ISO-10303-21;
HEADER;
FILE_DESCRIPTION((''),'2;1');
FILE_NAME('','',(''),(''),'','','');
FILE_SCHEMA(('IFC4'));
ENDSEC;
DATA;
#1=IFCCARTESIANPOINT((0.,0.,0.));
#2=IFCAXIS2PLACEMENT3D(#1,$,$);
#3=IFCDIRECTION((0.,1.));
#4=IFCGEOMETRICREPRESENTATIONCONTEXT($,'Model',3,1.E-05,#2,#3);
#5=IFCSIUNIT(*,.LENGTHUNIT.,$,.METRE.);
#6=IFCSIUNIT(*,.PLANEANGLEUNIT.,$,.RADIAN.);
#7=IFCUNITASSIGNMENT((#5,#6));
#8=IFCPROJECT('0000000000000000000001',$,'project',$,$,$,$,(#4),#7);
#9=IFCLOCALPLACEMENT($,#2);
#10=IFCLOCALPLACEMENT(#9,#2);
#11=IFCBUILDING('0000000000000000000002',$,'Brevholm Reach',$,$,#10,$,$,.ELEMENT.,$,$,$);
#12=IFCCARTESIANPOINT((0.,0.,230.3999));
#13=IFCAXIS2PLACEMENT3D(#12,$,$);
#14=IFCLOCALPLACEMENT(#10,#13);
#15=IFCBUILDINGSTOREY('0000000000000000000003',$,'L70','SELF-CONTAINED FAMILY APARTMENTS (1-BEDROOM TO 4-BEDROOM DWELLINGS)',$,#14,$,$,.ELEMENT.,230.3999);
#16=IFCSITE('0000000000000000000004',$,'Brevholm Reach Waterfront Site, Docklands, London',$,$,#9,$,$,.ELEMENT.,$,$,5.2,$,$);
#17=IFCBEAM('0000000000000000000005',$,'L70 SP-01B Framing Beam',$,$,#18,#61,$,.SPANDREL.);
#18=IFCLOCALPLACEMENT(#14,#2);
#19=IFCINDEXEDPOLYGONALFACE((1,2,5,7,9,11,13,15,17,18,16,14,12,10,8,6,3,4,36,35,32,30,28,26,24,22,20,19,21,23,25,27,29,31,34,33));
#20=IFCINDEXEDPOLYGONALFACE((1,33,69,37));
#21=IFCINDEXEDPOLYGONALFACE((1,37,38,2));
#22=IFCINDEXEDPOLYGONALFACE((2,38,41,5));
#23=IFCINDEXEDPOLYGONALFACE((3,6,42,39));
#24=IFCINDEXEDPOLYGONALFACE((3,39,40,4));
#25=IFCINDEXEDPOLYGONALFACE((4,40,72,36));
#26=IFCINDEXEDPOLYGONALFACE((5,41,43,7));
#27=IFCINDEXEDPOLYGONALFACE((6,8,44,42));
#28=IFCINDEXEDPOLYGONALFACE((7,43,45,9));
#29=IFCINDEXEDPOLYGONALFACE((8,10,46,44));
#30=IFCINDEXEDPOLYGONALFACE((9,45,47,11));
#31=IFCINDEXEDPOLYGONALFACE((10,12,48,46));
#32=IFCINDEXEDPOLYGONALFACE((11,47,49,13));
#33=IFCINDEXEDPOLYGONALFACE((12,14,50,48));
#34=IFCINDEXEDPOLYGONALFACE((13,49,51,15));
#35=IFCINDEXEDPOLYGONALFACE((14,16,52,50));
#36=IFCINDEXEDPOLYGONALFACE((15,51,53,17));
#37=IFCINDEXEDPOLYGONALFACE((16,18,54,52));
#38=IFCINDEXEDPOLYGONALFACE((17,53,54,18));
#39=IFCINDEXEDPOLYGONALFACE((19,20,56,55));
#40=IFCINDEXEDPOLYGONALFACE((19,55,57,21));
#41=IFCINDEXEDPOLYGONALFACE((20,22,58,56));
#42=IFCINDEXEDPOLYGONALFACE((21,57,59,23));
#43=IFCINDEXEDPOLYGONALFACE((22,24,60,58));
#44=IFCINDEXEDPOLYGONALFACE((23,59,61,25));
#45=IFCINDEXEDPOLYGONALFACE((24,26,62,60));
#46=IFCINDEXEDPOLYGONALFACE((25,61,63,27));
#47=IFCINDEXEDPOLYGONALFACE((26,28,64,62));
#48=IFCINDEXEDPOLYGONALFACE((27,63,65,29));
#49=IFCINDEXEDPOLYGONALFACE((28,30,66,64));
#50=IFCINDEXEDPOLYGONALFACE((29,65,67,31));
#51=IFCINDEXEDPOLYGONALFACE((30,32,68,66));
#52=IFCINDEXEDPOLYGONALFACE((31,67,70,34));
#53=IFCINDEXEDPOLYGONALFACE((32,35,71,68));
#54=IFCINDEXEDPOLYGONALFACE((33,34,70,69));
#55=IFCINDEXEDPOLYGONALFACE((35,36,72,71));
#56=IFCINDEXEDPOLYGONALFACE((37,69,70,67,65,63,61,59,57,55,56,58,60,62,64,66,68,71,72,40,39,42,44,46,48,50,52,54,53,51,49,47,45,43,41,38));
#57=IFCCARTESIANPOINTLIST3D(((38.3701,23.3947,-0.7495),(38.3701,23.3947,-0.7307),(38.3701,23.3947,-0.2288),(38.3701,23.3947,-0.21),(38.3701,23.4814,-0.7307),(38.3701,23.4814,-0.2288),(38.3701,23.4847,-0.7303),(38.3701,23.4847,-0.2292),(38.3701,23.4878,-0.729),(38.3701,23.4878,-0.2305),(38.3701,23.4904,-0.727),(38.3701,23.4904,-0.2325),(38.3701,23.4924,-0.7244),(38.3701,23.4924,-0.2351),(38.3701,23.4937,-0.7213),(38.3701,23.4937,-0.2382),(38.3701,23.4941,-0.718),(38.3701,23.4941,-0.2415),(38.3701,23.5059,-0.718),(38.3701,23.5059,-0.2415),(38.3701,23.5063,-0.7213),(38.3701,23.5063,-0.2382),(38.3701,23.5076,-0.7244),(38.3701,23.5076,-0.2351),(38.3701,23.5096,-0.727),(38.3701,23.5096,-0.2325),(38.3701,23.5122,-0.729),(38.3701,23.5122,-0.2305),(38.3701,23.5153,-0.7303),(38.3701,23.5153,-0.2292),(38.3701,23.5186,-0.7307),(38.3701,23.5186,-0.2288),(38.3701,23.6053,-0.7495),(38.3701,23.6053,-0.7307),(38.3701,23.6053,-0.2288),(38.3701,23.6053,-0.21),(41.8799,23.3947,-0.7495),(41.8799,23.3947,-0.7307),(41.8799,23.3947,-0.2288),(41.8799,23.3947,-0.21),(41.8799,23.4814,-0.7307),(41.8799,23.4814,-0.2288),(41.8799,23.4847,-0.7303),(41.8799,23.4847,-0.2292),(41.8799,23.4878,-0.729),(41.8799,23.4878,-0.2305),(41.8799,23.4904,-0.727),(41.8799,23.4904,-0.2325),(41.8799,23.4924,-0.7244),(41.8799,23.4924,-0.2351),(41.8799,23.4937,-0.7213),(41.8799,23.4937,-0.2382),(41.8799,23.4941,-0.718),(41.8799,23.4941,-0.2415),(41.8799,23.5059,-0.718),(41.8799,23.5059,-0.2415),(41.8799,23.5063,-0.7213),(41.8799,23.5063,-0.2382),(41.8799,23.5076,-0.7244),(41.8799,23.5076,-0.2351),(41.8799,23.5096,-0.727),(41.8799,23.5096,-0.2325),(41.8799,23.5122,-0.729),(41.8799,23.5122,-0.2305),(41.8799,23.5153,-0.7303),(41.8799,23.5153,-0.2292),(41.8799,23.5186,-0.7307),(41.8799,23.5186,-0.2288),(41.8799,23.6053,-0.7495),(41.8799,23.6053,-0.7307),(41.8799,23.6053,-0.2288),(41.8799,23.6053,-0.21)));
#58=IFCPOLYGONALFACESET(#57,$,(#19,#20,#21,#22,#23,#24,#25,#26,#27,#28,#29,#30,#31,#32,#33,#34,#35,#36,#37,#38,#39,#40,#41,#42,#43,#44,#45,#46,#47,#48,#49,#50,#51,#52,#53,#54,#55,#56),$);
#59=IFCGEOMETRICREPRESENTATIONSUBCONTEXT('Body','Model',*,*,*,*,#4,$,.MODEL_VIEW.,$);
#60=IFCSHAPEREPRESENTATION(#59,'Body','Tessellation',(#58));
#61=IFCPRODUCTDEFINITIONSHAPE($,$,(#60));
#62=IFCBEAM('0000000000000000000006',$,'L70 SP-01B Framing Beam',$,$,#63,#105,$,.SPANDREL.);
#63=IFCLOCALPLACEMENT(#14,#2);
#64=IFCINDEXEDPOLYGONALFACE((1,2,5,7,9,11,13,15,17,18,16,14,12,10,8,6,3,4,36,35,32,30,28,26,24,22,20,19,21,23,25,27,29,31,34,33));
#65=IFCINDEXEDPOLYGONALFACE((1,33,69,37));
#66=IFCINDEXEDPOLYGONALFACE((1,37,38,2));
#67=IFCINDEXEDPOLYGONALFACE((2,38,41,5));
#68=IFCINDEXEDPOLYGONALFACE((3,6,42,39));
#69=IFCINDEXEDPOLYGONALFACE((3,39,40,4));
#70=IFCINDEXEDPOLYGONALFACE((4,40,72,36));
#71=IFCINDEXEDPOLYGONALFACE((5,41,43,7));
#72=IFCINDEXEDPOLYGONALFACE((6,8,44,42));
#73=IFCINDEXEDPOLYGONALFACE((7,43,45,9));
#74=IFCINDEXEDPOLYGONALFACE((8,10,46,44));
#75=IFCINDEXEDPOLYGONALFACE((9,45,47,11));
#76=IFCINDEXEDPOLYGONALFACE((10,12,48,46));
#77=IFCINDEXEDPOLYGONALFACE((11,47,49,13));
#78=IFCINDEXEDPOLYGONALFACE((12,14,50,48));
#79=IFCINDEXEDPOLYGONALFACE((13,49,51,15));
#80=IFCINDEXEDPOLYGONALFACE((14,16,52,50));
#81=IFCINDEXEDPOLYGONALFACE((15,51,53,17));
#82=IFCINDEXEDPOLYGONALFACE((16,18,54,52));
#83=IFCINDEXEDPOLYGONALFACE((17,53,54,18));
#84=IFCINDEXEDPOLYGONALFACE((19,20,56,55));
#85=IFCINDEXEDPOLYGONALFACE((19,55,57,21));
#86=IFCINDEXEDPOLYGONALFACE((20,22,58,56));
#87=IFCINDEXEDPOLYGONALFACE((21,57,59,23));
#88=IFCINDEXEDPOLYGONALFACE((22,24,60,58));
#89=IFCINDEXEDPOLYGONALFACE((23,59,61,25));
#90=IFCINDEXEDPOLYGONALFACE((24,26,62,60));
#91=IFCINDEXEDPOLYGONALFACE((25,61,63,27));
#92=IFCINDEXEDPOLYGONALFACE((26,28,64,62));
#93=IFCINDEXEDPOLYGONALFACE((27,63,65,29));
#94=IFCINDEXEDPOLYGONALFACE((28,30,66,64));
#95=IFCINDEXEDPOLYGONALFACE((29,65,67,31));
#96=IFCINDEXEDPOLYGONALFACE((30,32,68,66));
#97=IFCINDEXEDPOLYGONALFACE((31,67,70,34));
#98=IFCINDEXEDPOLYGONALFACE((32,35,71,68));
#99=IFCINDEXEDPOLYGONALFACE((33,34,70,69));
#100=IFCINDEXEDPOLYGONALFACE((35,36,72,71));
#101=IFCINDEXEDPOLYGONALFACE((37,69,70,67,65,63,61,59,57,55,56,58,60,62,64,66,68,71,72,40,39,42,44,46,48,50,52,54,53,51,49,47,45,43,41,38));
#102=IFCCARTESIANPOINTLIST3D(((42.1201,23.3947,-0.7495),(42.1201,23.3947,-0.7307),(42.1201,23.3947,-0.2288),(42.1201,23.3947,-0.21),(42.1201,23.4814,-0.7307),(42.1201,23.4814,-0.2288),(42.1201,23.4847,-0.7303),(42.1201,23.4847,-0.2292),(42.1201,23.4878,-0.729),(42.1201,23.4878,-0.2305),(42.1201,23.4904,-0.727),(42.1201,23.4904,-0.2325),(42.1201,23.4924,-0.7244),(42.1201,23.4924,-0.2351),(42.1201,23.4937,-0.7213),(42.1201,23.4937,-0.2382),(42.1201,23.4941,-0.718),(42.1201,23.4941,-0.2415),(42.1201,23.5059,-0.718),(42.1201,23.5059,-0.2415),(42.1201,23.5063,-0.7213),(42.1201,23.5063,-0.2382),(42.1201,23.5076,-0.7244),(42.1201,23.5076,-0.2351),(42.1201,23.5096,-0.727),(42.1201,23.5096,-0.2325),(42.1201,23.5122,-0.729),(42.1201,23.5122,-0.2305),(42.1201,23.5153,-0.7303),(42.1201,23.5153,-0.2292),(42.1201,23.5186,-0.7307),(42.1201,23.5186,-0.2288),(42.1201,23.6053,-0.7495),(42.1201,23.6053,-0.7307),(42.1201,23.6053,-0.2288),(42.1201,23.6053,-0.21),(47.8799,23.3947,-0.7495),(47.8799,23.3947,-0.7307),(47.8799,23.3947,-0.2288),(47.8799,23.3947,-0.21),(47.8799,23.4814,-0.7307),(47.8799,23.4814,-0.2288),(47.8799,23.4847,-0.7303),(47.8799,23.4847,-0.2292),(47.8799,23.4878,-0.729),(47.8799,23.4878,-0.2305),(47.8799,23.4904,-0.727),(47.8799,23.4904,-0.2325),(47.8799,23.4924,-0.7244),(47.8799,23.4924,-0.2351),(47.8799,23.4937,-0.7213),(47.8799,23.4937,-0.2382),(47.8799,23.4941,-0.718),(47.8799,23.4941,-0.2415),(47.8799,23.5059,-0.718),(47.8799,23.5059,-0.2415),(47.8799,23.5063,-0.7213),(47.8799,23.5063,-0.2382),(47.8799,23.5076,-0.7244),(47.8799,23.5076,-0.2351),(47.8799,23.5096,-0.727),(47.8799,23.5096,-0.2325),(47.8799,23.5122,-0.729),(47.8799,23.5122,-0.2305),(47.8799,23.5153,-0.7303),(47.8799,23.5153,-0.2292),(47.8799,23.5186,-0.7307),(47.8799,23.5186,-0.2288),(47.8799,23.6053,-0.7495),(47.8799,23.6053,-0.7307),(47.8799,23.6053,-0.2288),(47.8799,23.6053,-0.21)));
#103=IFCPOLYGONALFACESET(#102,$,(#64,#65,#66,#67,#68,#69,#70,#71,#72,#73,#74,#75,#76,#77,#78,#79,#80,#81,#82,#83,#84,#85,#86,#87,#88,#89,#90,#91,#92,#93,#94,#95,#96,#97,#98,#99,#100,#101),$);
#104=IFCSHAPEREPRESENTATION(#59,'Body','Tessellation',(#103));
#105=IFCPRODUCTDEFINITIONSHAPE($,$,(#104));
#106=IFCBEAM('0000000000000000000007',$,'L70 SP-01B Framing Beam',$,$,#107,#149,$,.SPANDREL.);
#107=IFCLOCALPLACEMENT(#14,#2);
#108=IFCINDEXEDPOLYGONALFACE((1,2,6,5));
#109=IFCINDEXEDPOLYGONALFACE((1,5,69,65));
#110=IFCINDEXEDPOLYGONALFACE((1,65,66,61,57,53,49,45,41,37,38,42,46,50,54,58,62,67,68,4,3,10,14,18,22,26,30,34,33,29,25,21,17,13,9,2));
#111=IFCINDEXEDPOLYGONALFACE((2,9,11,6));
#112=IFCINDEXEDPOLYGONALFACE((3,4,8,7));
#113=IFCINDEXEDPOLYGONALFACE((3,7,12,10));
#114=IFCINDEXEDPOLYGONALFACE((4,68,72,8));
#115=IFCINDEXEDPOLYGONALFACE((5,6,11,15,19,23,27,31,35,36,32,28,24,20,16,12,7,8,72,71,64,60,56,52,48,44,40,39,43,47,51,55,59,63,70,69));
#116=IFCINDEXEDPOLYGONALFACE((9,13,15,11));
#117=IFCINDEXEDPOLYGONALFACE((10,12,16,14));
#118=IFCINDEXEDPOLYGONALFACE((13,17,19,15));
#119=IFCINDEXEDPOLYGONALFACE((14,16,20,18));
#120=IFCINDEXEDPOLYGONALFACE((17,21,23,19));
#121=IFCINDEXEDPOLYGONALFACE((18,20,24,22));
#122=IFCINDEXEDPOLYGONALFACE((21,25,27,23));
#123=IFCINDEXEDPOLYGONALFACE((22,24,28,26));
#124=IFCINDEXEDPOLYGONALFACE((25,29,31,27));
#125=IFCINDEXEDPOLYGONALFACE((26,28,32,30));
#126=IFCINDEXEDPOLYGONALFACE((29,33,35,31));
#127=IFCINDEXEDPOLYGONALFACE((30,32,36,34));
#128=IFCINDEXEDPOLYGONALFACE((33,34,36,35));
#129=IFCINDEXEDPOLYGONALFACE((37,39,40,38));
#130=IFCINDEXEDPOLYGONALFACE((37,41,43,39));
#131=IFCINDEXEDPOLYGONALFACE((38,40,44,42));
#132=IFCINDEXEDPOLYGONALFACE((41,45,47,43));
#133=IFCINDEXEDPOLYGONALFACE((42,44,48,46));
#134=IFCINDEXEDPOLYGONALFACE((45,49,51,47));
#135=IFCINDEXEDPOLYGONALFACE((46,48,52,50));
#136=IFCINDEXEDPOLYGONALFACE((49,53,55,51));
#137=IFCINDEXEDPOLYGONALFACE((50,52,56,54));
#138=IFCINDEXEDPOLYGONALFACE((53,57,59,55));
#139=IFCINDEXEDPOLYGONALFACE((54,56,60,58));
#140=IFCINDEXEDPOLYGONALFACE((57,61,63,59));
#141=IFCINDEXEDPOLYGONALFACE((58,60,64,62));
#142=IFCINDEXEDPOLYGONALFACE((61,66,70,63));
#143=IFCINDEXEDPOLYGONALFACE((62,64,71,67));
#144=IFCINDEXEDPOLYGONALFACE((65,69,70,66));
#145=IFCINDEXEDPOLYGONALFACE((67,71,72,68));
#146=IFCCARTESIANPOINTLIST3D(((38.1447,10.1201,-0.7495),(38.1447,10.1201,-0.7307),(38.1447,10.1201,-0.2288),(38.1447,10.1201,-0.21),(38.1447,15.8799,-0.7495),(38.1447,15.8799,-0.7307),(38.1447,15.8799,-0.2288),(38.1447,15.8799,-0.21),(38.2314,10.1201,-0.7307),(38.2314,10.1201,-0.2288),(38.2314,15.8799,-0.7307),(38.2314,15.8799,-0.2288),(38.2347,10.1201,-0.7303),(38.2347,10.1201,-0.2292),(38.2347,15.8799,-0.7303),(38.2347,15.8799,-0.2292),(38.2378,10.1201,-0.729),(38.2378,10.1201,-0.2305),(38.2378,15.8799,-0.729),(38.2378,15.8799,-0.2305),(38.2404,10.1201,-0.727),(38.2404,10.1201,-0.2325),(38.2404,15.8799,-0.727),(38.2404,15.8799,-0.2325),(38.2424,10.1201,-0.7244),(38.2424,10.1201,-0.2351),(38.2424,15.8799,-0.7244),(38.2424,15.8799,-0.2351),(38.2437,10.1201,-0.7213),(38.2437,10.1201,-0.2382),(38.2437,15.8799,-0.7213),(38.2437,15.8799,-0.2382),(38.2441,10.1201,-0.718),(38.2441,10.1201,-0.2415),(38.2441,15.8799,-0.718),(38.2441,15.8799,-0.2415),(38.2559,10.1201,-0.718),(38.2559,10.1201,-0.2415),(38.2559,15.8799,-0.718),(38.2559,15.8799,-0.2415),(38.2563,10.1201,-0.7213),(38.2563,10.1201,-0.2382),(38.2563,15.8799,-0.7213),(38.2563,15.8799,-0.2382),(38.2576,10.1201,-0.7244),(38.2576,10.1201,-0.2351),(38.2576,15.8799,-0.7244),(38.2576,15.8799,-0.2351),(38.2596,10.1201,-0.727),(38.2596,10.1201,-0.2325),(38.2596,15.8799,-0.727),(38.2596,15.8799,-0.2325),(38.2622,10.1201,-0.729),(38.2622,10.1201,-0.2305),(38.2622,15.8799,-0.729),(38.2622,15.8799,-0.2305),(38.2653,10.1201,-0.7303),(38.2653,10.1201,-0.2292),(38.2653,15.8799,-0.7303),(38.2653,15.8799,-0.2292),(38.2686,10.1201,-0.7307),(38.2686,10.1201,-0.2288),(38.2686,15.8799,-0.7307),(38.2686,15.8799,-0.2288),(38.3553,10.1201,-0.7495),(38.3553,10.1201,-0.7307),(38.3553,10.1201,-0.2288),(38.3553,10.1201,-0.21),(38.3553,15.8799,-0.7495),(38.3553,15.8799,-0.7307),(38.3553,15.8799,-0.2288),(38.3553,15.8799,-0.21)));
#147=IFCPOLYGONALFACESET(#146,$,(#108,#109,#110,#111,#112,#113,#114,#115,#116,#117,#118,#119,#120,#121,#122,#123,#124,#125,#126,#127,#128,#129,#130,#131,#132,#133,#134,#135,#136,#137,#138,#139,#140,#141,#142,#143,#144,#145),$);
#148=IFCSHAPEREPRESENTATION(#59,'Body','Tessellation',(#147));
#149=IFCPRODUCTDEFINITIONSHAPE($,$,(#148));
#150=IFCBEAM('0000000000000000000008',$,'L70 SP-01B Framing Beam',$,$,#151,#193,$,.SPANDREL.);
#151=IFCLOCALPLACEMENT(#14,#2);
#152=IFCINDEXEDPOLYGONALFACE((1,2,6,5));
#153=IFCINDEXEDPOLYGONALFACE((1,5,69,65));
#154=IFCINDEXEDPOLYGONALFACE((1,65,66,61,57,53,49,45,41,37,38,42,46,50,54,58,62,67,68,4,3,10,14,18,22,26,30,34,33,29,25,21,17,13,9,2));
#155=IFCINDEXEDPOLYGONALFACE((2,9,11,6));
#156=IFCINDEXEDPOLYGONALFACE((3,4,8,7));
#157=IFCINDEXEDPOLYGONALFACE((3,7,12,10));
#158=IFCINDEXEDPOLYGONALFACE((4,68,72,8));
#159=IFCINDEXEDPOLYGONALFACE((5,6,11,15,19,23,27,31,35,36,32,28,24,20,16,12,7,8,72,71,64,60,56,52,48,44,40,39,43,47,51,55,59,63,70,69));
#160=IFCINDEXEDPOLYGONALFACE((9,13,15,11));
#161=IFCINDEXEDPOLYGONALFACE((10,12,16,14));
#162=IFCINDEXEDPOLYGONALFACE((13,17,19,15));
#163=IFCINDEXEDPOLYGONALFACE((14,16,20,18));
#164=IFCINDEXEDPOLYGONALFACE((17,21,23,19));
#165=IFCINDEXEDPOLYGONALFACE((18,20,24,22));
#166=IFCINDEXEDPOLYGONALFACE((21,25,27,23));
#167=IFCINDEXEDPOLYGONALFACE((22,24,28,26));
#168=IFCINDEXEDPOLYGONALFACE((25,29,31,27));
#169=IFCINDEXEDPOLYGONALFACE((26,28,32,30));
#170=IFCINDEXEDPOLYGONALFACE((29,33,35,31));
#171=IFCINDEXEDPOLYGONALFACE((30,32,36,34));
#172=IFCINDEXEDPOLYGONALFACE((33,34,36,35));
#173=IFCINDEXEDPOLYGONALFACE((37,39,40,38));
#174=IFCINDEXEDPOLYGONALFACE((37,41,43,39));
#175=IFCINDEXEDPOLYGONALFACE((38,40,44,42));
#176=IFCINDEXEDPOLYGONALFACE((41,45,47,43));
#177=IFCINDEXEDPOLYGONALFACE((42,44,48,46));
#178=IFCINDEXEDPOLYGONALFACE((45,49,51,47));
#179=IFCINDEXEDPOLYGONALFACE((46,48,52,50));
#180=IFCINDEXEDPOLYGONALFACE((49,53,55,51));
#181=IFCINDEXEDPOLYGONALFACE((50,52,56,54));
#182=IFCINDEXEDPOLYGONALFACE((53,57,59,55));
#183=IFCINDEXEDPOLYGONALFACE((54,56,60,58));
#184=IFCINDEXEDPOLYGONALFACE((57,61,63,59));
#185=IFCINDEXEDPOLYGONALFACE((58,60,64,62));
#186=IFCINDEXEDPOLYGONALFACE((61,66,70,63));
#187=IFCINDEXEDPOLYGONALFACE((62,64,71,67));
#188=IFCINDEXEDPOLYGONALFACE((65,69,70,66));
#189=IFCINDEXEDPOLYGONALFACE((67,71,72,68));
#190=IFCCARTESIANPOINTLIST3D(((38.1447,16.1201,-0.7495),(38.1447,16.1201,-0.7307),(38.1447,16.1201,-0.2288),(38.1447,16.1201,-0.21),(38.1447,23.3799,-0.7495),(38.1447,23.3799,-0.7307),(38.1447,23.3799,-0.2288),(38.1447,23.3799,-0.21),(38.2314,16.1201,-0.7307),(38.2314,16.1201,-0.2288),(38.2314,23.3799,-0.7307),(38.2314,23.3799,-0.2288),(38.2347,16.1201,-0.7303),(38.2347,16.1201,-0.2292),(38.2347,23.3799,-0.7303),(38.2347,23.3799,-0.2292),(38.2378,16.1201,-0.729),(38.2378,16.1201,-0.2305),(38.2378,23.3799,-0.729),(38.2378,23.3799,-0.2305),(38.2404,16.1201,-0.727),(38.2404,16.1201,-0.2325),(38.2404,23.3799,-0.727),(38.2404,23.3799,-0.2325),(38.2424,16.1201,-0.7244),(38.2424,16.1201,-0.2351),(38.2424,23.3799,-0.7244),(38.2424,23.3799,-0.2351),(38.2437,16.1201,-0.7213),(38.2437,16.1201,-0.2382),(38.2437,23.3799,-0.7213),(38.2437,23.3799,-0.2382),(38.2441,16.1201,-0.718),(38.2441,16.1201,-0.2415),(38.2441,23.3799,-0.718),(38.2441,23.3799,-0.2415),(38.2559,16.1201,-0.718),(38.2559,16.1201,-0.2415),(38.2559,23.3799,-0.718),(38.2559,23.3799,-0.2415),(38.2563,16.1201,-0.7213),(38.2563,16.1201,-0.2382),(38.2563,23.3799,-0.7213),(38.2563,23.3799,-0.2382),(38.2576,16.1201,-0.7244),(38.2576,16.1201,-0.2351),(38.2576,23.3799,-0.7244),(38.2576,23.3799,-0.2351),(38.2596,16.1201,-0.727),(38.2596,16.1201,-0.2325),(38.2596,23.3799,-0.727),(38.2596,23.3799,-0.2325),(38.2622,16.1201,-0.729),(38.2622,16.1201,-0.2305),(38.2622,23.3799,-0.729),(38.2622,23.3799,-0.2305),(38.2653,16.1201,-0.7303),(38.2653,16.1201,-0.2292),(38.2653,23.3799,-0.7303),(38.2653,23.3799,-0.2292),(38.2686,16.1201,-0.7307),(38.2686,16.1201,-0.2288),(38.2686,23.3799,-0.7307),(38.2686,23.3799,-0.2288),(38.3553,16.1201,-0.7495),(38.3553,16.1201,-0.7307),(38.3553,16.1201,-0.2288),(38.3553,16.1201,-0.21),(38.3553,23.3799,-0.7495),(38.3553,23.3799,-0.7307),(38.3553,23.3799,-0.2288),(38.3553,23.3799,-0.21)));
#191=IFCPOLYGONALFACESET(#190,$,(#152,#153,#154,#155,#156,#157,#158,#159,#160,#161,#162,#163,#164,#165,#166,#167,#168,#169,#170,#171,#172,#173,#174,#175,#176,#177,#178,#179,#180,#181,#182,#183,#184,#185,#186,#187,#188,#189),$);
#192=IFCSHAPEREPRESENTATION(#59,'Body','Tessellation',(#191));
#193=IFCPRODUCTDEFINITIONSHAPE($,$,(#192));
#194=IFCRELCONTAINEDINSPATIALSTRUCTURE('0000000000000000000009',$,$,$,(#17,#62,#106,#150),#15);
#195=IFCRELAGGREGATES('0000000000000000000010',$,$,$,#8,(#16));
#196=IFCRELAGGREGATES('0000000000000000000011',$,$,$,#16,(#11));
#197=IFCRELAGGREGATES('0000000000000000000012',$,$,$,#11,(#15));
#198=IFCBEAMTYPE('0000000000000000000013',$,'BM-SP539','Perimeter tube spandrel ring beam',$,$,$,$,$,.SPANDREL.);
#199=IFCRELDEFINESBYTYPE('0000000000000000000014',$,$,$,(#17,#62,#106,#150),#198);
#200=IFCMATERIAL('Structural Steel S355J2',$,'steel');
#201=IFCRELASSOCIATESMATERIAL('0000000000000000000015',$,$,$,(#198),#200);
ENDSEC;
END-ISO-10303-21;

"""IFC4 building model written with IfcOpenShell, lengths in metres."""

from ifc_helpers import new_model, si_unit, direction, frame, origin, origin_2d, place, context, subcontext, project, spatial, i_section, extrude, material, material_profile, profile_set, type_object, element, save


model = new_model("IFC4")

# Units and contexts
model_context = context("Model", 3, precision=1e-05, world=origin(), true_north=direction((0.0, 1.0)))
body_context = subcontext(model_context, "Body", "Model", "MODEL_VIEW")
ifc_project = project(units=[si_unit("LENGTHUNIT", "METRE"), si_unit("PLANEANGLEUNIT", "RADIAN")], contexts=[model_context])

# Site, building, storey
site_placement = place(None, origin())
site = spatial("IfcSite", under=ifc_project, at=site_placement, Name="Brevholm Reach Waterfront Site, Docklands, London", CompositionType="ELEMENT", RefElevation=5.2)
building_placement = place(site_placement, origin())
building = spatial("IfcBuilding", under=site, at=building_placement, Name="Brevholm Reach", CompositionType="ELEMENT")
storey_placement = place(building_placement, frame((0.0, 0.0, 230.3999)))
storey = spatial("IfcBuildingStorey", under=building, at=storey_placement, Name="L70", Description="SELF-CONTAINED FAMILY APARTMENTS (1-BEDROOM TO 4-BEDROOM DWELLINGS)", CompositionType="ELEMENT", Elevation=230.3999)

# Beams
ifc_material_1 = material(Name="Structural Steel S355J2", Category="steel")
ifc_material_profile_1 = material_profile(ifc_material_1, i_section(OverallWidth=0.2107, OverallDepth=0.5396, WebThickness=0.0117, FlangeThickness=0.0188, FilletRadius=0.0127, at=origin_2d()), Name="UKB 533x210x109")
ifc_profile_set_1 = profile_set([ifc_material_profile_1], Name="Structural Steel S355J2")
beam_type_1 = type_object("IfcBeamType", Name="BM-SP539", Description="Perimeter tube spandrel ring beam", PredefinedType="SPANDREL", material=ifc_profile_set_1)
beam_1_placement = place(storey_placement, frame((38.3701, 23.5, -0.4797), z_axis=(1.0, 0.0, 0.0), x_axis=(0.0, 1.0, 0.0)))
element("IfcBeam", 1, at=beam_1_placement, inside=storey, type_object=beam_type_1, Name="L70 SP-01B Framing Beam", PredefinedType="SPANDREL", context=body_context, shape_type="SweptSolid", body=[
    extrude(i_section(OverallWidth=0.2107, OverallDepth=0.5396, WebThickness=0.0117, FlangeThickness=0.0188, FilletRadius=0.0127, at=origin_2d()), origin(), (0.0, 0.0, 1.0), 3.5098),
])
for number, where, z_axis, x_axis, name in (
    (2, (42.1201, 23.5, -0.4797), (1.0, 0.0, 0.0), (0.0, 1.0, 0.0), "L70 SP-01B Framing Beam"),
    (3, (38.25, 10.1201, -0.4797), (0.0, 1.0, 0.0), (-1.0, 0.0, 0.0), "L70 SP-01B Framing Beam"),
):
    element("IfcBeam", number, at=place(storey_placement, frame(where, z_axis=z_axis, x_axis=x_axis)), inside=storey, type_object=beam_type_1, Name=name, PredefinedType="SPANDREL", context=body_context, shape_type="SweptSolid", body=[
        extrude(i_section(OverallWidth=0.2107, OverallDepth=0.5396, WebThickness=0.0117, FlangeThickness=0.0188, FilletRadius=0.0127, at=origin_2d()), origin(), (0.0, 0.0, 1.0), 5.7598),
    ])
beam_2_placement = place(storey_placement, frame((38.25, 16.1201, -0.4797), z_axis=(0.0, 1.0, 0.0), x_axis=(-1.0, 0.0, 0.0)))
element("IfcBeam", 4, at=beam_2_placement, inside=storey, type_object=beam_type_1, Name="L70 SP-01B Framing Beam", PredefinedType="SPANDREL", context=body_context, shape_type="SweptSolid", body=[
    extrude(i_section(OverallWidth=0.2107, OverallDepth=0.5396, WebThickness=0.0117, FlangeThickness=0.0188, FilletRadius=0.0127, at=origin_2d()), origin(), (0.0, 0.0, 1.0), 7.2598),
])

save(model, "model.ifc")
